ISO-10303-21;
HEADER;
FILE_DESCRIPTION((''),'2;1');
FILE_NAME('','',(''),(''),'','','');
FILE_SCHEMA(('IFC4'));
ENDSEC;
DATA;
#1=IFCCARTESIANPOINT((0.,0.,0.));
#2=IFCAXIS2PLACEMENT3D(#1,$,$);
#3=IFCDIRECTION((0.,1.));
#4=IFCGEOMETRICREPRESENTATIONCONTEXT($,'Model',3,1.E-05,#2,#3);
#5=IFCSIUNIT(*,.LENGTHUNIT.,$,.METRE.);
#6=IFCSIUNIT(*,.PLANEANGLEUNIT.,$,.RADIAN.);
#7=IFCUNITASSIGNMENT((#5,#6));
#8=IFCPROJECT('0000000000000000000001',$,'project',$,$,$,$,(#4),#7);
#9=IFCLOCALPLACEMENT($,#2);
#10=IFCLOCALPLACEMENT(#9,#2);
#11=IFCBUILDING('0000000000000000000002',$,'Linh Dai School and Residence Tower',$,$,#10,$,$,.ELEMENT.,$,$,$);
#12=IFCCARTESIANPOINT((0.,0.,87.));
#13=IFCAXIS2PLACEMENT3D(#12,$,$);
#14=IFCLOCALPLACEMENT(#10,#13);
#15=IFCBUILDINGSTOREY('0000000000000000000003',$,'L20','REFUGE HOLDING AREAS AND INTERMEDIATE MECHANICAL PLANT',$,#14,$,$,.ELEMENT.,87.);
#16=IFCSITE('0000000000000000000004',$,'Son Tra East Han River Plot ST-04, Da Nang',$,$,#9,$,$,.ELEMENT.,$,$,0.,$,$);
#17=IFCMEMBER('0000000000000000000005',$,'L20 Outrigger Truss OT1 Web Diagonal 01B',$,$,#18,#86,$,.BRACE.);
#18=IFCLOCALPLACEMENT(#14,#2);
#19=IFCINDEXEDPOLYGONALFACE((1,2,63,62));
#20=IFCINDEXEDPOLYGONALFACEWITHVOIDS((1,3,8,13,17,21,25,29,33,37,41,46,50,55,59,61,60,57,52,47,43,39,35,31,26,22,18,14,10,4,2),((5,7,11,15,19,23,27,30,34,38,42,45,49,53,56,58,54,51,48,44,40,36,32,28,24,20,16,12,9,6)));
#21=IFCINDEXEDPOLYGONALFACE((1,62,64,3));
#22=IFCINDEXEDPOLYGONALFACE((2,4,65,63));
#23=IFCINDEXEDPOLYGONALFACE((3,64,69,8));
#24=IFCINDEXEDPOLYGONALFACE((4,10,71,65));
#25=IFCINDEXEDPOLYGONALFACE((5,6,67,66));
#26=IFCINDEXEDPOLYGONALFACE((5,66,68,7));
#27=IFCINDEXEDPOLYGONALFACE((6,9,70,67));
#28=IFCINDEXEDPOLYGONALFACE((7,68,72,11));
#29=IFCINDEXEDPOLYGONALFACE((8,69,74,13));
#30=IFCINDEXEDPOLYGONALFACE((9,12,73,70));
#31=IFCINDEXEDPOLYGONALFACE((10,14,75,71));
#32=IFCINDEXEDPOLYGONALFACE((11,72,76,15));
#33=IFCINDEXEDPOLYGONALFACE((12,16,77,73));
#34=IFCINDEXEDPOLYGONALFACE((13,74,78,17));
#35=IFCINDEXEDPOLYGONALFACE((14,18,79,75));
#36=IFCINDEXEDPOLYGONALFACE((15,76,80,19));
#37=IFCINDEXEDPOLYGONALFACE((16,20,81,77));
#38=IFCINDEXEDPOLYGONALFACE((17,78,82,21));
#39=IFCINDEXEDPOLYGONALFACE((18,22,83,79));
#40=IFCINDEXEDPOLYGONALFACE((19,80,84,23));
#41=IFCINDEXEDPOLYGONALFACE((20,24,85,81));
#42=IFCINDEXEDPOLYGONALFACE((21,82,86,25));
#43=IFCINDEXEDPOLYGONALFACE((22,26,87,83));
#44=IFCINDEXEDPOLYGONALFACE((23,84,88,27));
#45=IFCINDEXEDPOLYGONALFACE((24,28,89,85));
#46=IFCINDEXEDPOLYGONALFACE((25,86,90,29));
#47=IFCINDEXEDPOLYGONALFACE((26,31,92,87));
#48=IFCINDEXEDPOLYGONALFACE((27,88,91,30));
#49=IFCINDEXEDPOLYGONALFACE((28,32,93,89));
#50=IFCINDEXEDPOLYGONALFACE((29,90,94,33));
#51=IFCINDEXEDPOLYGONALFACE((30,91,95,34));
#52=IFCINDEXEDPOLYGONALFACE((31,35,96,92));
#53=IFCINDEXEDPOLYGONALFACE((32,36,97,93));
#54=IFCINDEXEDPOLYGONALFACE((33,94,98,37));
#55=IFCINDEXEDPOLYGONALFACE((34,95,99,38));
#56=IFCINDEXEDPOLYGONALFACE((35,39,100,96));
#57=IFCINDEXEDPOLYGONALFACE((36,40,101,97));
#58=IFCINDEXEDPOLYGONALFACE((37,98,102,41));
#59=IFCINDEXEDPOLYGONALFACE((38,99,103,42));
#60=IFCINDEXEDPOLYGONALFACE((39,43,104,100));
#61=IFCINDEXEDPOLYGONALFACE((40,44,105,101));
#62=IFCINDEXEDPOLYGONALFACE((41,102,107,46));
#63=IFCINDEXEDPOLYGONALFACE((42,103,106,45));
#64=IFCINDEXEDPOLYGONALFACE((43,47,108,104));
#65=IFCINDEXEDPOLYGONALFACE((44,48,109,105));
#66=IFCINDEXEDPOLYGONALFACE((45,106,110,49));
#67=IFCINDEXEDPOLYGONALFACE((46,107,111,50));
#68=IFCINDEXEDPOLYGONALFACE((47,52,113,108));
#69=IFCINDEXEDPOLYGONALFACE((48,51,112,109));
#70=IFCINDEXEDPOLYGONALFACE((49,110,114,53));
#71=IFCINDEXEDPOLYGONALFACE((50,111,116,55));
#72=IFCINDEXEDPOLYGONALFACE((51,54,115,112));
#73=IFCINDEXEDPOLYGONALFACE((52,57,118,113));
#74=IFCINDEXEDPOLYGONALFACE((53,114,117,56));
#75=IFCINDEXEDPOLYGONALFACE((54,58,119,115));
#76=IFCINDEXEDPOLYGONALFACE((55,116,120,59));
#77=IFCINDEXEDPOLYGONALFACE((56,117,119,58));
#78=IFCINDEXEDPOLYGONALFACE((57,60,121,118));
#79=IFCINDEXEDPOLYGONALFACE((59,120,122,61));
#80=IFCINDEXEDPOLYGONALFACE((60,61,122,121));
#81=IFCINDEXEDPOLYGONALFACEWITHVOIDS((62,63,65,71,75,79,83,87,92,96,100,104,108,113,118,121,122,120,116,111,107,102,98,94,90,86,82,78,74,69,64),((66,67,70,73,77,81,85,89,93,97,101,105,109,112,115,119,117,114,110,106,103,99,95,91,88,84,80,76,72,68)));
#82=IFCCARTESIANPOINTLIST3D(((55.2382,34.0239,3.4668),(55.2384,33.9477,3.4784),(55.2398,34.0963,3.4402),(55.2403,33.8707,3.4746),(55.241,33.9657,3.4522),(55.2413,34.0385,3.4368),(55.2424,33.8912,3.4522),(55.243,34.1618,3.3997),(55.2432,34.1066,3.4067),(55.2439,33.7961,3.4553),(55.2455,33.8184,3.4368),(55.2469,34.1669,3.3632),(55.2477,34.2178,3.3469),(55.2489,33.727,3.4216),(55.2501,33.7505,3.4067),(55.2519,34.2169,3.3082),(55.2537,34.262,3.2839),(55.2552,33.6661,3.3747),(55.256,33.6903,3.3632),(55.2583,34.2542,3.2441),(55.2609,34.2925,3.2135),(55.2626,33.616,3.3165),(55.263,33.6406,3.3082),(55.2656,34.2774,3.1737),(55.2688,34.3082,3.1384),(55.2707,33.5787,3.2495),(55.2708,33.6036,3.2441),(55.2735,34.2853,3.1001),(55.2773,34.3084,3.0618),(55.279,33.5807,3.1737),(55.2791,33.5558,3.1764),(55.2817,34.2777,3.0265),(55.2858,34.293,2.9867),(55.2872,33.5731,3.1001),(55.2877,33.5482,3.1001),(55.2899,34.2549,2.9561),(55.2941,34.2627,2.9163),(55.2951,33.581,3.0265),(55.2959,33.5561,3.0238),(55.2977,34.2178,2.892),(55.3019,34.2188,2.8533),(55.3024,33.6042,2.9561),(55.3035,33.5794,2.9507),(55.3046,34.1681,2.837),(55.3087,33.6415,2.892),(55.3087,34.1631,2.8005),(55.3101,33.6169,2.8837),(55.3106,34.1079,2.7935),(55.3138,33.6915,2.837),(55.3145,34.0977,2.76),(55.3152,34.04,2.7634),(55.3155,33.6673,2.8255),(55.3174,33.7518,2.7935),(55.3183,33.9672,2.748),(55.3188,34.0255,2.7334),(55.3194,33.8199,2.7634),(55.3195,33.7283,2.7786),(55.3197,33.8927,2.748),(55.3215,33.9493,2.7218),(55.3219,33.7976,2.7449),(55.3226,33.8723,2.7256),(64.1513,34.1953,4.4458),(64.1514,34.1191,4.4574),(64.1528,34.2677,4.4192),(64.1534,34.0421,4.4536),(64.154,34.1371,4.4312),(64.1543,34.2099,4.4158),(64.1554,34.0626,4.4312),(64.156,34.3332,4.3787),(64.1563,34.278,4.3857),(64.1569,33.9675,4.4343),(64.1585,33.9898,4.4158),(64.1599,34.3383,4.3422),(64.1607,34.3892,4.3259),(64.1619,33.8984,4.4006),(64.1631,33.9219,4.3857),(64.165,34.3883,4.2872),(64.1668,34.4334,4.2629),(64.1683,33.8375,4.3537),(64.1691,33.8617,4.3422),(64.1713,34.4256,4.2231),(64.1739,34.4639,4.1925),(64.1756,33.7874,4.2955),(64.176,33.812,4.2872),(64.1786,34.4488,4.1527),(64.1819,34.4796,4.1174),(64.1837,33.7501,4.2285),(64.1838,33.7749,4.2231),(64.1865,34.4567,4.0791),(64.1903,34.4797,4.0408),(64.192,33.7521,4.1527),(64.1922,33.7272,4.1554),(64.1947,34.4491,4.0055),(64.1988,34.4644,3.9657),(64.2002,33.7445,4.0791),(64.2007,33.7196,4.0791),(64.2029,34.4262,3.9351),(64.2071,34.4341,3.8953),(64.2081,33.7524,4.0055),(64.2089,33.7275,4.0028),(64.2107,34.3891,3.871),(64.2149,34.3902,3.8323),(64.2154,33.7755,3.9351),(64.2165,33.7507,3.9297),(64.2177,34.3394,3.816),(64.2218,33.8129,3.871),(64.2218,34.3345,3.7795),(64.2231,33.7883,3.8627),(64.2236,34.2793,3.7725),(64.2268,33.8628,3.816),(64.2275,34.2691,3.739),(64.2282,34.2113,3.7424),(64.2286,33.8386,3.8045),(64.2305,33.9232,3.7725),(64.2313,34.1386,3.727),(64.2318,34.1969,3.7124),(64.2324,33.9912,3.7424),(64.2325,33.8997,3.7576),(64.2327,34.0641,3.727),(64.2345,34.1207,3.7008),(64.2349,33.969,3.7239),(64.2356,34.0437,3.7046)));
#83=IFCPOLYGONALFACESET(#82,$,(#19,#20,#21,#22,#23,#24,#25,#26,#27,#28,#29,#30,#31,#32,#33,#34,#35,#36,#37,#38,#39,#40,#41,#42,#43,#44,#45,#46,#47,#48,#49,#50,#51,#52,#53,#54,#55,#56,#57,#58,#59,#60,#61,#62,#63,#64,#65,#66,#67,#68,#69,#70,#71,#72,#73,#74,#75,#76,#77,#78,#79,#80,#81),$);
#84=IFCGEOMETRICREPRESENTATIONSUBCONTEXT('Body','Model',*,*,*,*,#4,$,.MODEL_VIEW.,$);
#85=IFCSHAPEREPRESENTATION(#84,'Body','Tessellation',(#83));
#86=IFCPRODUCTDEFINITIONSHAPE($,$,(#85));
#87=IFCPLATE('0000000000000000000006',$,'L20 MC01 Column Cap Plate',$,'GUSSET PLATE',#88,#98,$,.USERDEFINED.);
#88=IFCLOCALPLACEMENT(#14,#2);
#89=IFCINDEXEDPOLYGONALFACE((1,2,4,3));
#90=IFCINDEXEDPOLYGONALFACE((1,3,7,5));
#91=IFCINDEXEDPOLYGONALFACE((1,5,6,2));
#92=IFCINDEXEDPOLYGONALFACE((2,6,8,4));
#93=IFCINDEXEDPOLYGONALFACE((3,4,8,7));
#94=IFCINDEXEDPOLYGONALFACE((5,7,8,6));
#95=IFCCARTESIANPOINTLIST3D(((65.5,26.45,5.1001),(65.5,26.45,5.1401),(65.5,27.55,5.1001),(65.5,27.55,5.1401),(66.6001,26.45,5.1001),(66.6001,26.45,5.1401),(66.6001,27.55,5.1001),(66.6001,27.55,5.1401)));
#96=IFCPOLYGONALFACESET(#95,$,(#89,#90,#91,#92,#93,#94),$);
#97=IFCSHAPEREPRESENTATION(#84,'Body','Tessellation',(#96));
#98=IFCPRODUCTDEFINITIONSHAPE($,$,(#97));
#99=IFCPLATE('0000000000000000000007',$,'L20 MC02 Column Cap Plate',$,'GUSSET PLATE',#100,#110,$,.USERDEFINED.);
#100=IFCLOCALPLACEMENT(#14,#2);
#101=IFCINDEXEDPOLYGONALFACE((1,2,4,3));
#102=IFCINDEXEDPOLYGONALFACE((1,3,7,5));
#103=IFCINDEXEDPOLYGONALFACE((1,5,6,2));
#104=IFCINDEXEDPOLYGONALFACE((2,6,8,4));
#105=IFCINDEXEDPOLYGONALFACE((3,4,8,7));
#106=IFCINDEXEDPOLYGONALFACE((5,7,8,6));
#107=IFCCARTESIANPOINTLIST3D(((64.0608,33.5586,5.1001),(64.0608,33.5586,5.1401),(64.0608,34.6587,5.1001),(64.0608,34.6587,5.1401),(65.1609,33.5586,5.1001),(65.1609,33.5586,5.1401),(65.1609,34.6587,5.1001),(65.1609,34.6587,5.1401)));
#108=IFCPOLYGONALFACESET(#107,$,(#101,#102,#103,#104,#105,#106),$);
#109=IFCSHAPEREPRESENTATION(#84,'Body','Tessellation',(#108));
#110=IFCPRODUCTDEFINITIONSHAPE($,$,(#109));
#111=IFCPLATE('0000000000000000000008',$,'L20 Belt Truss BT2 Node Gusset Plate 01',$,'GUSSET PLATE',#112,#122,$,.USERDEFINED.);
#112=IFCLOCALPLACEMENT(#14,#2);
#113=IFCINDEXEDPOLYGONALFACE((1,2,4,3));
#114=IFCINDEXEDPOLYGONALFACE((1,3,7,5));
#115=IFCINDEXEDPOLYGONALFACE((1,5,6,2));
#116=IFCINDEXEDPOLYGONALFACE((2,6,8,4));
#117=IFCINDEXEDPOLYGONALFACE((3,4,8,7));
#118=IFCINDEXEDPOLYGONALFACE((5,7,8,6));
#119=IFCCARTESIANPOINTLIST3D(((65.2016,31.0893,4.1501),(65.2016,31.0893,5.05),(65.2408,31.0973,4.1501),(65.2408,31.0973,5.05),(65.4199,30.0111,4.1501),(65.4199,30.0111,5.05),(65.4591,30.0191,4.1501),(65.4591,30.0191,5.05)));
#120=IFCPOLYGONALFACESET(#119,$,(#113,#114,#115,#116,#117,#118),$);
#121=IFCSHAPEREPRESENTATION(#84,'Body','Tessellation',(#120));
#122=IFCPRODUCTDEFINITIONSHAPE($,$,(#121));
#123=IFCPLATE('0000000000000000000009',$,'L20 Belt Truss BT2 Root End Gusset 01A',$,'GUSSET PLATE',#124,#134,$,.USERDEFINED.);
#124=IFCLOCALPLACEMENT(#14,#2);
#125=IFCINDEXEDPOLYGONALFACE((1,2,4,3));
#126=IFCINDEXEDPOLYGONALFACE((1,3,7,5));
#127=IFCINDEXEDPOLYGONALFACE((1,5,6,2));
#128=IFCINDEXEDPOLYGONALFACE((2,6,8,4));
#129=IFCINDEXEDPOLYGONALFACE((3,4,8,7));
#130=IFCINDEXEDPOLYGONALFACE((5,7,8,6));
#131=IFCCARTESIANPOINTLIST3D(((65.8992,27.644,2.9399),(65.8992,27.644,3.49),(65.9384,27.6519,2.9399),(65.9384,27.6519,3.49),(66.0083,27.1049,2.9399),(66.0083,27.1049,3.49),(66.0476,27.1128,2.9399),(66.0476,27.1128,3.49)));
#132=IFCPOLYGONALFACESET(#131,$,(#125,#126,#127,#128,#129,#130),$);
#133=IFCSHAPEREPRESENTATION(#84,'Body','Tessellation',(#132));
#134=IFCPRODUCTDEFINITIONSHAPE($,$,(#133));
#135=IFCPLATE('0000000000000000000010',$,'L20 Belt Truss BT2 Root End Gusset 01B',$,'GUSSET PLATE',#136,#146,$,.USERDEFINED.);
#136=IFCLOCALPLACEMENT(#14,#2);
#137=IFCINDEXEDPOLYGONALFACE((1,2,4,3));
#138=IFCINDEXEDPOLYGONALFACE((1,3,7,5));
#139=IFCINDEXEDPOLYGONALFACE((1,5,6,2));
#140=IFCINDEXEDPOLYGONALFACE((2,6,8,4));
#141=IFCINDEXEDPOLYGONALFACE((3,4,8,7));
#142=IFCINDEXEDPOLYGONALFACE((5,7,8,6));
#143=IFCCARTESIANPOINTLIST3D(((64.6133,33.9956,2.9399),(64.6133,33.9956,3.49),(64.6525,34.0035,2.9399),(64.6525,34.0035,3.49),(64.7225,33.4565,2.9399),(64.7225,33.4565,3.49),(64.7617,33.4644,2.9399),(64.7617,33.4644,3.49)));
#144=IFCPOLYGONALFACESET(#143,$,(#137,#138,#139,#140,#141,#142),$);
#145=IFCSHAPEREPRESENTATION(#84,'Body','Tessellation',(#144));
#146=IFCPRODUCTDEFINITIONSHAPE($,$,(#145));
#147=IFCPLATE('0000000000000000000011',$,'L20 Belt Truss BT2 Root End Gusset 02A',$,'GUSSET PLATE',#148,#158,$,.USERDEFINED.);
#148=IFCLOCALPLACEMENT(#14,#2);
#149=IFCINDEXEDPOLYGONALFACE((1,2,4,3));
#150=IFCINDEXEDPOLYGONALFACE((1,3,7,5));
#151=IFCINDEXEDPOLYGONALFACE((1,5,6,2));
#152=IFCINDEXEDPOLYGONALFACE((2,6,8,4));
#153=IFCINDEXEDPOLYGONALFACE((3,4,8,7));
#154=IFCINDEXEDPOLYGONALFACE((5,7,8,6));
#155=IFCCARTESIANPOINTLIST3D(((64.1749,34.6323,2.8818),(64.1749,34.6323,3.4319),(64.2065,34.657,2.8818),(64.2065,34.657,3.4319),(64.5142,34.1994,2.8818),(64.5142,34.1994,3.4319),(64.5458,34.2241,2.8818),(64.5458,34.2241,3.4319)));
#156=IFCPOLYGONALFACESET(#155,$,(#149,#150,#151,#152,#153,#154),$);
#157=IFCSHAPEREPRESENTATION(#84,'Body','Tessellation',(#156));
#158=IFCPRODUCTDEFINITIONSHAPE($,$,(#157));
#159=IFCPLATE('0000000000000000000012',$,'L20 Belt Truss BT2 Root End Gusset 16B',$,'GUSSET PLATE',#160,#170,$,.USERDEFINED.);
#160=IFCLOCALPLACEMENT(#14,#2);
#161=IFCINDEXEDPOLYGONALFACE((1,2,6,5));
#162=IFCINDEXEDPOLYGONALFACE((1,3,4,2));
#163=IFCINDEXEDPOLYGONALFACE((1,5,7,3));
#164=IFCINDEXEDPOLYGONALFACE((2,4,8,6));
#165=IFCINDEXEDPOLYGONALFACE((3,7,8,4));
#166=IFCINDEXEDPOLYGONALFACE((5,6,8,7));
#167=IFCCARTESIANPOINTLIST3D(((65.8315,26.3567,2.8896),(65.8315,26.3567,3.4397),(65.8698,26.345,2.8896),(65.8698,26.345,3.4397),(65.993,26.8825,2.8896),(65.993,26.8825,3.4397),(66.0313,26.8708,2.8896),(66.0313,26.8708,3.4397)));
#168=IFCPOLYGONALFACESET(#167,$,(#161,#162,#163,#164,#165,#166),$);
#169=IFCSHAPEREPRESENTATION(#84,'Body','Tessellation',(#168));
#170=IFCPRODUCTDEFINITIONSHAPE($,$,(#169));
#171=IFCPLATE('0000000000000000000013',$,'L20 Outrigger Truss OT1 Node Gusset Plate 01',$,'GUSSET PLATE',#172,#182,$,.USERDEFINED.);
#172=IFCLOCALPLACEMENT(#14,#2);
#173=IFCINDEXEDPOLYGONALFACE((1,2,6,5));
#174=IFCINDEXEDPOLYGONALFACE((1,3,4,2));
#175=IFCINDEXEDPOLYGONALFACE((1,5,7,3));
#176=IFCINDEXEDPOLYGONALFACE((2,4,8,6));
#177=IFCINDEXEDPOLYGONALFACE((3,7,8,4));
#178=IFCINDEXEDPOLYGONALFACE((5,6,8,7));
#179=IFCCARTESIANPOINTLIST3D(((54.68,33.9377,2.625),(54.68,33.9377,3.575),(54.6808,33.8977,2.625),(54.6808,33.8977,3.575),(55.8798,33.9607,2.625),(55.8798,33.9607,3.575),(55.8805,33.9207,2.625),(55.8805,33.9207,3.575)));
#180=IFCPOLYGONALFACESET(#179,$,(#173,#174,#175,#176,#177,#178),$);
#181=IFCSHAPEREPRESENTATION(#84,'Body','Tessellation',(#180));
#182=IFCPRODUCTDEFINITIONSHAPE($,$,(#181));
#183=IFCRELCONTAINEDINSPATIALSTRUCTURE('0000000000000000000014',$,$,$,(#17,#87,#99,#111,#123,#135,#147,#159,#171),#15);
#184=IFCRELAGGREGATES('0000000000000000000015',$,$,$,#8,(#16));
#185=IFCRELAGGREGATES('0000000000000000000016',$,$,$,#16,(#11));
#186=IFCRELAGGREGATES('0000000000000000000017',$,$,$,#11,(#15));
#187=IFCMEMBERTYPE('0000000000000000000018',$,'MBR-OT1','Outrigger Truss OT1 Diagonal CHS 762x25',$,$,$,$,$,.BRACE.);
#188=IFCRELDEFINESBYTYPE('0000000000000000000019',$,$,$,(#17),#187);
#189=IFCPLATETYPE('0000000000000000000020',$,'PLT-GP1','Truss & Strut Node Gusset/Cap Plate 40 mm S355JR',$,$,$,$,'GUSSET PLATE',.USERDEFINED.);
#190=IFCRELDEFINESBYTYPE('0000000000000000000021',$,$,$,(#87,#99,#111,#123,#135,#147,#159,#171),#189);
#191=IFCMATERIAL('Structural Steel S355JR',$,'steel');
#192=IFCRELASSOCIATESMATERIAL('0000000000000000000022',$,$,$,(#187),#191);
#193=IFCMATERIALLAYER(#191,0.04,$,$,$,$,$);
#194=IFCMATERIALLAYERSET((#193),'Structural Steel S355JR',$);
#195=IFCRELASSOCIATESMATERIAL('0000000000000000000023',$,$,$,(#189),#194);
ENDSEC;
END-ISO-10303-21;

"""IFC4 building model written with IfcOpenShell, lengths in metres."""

from ifc_helpers import new_model, si_unit, direction, frame, origin, origin_2d, place, context, subcontext, project, spatial, rectangle, hollow_circle, extrude, source, transform, mapped, material, layer, layer_set, material_profile, profile_set, type_object, element, save


model = new_model("IFC4")

# Units and contexts
model_context = context("Model", 3, precision=1e-05, world=origin(), true_north=direction((0.0, 1.0)))
body_context = subcontext(model_context, "Body", "Model", "MODEL_VIEW")
ifc_project = project(units=[si_unit("LENGTHUNIT", "METRE"), si_unit("PLANEANGLEUNIT", "RADIAN")], contexts=[model_context])

# Site, building, storey
site_placement = place(None, origin())
site = spatial("IfcSite", under=ifc_project, at=site_placement, Name="Son Tra East Han River Plot ST-04, Da Nang", CompositionType="ELEMENT", RefElevation=0.0)
building_placement = place(site_placement, origin())
building = spatial("IfcBuilding", under=site, at=building_placement, Name="Linh Dai School and Residence Tower", CompositionType="ELEMENT")
storey_placement = place(building_placement, frame((0.0, 0.0, 87.0)))
storey = spatial("IfcBuildingStorey", under=building, at=storey_placement, Name="L20", Description="REFUGE HOLDING AREAS AND INTERMEDIATE MECHANICAL PLANT", CompositionType="ELEMENT", Elevation=87.0)

# Shared definitions
ifc_material_1 = material(Name="Structural Steel S355JR", Category="steel")

# Member
ifc_material_profile_1 = material_profile(ifc_material_1, hollow_circle(Radius=0.3811, WallThickness=0.0249, at=origin_2d()), Name="CHS 762x25")
ifc_profile_set_1 = profile_set([ifc_material_profile_1], Name="Structural Steel S355JR")
member_type_1 = type_object("IfcMemberType", Name="MBR-OT1", Description="Outrigger Truss OT1 Diagonal CHS 762x25", PredefinedType="BRACE", material=ifc_profile_set_1)
member_1_placement = place(storey_placement, frame((64.1934, 34.1006, 4.0791), z_axis=(-0.99384, -0.01911, -0.109162), x_axis=(0.019225, -0.999815, 0.0)))
element("IfcMember", 1, at=member_1_placement, inside=storey, type_object=member_type_1, Name="L20 Outrigger Truss OT1 Web Diagonal 01B", PredefinedType="BRACE", context=body_context, shape_type="SweptSolid", body=[
    extrude(hollow_circle(Radius=0.3811, WallThickness=0.0249, at=origin_2d()), origin(), (0.0, 0.0, 1.0), 8.9683),
])

# Plates
ifc_layer_1 = layer(ifc_material_1, 0.04)
ifc_layer_set_1 = layer_set([ifc_layer_1], Name="Structural Steel S355JR")
plate_type = type_object("IfcPlateType", Name="PLT-GP1", Description="Truss & Strut Node Gusset/Cap Plate 40 mm S355JR", ElementType="GUSSET PLATE", PredefinedType="USERDEFINED", material=ifc_layer_set_1)
shared_shape_1 = source(origin(), body_context, "Body", "SweptSolid", [
    extrude(rectangle(XDim=1.1001, YDim=1.1001, at=origin_2d()), origin(), (0.0, 0.0, 1.0), 0.04),
])
for number, where, z_axis, x_axis, name in (
    (2, (66.05, 27.0, 5.1001), (0.0, 0.0, 1.0), (1.0, 0.0, 0.0), "L20 MC01 Column Cap Plate"),
    (3, (64.6108, 34.1086, 5.1001), (0.0, 0.0, 1.0), (1.0, 0.0, 0.0), "L20 MC02 Column Cap Plate"),
):
    element("IfcPlate", number, at=place(storey_placement, frame(where, z_axis=z_axis, x_axis=x_axis)), inside=storey, type_object=plate_type, Name=name, ObjectType="GUSSET PLATE", PredefinedType="USERDEFINED", context=body_context, shape_type="MappedRepresentation", body=[
        mapped(shared_shape_1, transform((0.0, 0.0, 0.0), x_axis=(1.0, 0.0, 0.0), y_axis=(0.0, 1.0, 0.0), z_axis=(0.0, 0.0, 1.0), scale=1.0)),
    ])
shared_shape_2 = source(origin(), body_context, "Body", "SweptSolid", [
    extrude(rectangle(XDim=1.1001, YDim=0.04, at=origin_2d()), origin(), (0.0, 0.0, 1.0), 0.8999),
])
plate_1_placement = place(storey_placement, frame((65.3303, 30.5542, 4.1501), z_axis=(0.0, 0.0, 1.0), x_axis=(-0.198437, 0.980114, 0.0)))
element("IfcPlate", 4, at=plate_1_placement, inside=storey, type_object=plate_type, Name="L20 Belt Truss BT2 Node Gusset Plate 01", ObjectType="GUSSET PLATE", PredefinedType="USERDEFINED", context=body_context, shape_type="MappedRepresentation", body=[
    mapped(shared_shape_2, transform((0.0, 0.0, 0.0), x_axis=(1.0, 0.0, 0.0), y_axis=(0.0, 1.0, 0.0), z_axis=(0.0, 0.0, 1.0), scale=1.0)),
])
shared_shape_3 = source(origin(), body_context, "Body", "SweptSolid", [
    extrude(rectangle(XDim=0.55, YDim=0.04, at=origin_2d()), origin(), (0.0, 0.0, 1.0), 0.55),
])
for number, where, z_axis, x_axis, name in (
    (5, (65.9734, 27.3784, 2.9399), (0.0, 0.0, 1.0), (-0.198437, 0.980114, 0.0), "L20 Belt Truss BT2 Root End Gusset 01A"),
    (6, (64.6875, 33.73, 2.9399), (0.0, 0.0, 1.0), (-0.198437, 0.980114, 0.0), "L20 Belt Truss BT2 Root End Gusset 01B"),
    (7, (64.3604, 34.4282, 2.8818), (0.0, 0.0, 1.0), (-0.616865, 0.787069, 0.0), "L20 Belt Truss BT2 Root End Gusset 02A"),
    (8, (65.9314, 26.6138, 2.8896), (0.0, 0.0, 1.0), (0.293658, 0.955911, 0.0), "L20 Belt Truss BT2 Root End Gusset 16B"),
):
    element("IfcPlate", number, at=place(storey_placement, frame(where, z_axis=z_axis, x_axis=x_axis)), inside=storey, type_object=plate_type, Name=name, ObjectType="GUSSET PLATE", PredefinedType="USERDEFINED", context=body_context, shape_type="MappedRepresentation", body=[
        mapped(shared_shape_3, transform((0.0, 0.0, 0.0), x_axis=(1.0, 0.0, 0.0), y_axis=(0.0, 1.0, 0.0), z_axis=(0.0, 0.0, 1.0), scale=1.0)),
    ])
shared_shape_4 = source(origin(), body_context, "Body", "SweptSolid", [
    extrude(rectangle(XDim=1.2, YDim=0.04, at=origin_2d()), origin(), (0.0, 0.0, 1.0), 0.95),
])
plate_2_placement = place(storey_placement, frame((55.2803, 33.9292, 2.625), z_axis=(0.0, 0.0, 1.0), x_axis=(0.999815, 0.019209, 0.0)))
element("IfcPlate", 9, at=plate_2_placement, inside=storey, type_object=plate_type, Name="L20 Outrigger Truss OT1 Node Gusset Plate 01", ObjectType="GUSSET PLATE", PredefinedType="USERDEFINED", context=body_context, shape_type="MappedRepresentation", body=[
    mapped(shared_shape_4, transform((0.0, 0.0, 0.0), x_axis=(1.0, 0.0, 0.0), y_axis=(0.0, 1.0, 0.0), z_axis=(0.0, 0.0, 1.0), scale=1.0)),
])

save(model, "model.ifc")
